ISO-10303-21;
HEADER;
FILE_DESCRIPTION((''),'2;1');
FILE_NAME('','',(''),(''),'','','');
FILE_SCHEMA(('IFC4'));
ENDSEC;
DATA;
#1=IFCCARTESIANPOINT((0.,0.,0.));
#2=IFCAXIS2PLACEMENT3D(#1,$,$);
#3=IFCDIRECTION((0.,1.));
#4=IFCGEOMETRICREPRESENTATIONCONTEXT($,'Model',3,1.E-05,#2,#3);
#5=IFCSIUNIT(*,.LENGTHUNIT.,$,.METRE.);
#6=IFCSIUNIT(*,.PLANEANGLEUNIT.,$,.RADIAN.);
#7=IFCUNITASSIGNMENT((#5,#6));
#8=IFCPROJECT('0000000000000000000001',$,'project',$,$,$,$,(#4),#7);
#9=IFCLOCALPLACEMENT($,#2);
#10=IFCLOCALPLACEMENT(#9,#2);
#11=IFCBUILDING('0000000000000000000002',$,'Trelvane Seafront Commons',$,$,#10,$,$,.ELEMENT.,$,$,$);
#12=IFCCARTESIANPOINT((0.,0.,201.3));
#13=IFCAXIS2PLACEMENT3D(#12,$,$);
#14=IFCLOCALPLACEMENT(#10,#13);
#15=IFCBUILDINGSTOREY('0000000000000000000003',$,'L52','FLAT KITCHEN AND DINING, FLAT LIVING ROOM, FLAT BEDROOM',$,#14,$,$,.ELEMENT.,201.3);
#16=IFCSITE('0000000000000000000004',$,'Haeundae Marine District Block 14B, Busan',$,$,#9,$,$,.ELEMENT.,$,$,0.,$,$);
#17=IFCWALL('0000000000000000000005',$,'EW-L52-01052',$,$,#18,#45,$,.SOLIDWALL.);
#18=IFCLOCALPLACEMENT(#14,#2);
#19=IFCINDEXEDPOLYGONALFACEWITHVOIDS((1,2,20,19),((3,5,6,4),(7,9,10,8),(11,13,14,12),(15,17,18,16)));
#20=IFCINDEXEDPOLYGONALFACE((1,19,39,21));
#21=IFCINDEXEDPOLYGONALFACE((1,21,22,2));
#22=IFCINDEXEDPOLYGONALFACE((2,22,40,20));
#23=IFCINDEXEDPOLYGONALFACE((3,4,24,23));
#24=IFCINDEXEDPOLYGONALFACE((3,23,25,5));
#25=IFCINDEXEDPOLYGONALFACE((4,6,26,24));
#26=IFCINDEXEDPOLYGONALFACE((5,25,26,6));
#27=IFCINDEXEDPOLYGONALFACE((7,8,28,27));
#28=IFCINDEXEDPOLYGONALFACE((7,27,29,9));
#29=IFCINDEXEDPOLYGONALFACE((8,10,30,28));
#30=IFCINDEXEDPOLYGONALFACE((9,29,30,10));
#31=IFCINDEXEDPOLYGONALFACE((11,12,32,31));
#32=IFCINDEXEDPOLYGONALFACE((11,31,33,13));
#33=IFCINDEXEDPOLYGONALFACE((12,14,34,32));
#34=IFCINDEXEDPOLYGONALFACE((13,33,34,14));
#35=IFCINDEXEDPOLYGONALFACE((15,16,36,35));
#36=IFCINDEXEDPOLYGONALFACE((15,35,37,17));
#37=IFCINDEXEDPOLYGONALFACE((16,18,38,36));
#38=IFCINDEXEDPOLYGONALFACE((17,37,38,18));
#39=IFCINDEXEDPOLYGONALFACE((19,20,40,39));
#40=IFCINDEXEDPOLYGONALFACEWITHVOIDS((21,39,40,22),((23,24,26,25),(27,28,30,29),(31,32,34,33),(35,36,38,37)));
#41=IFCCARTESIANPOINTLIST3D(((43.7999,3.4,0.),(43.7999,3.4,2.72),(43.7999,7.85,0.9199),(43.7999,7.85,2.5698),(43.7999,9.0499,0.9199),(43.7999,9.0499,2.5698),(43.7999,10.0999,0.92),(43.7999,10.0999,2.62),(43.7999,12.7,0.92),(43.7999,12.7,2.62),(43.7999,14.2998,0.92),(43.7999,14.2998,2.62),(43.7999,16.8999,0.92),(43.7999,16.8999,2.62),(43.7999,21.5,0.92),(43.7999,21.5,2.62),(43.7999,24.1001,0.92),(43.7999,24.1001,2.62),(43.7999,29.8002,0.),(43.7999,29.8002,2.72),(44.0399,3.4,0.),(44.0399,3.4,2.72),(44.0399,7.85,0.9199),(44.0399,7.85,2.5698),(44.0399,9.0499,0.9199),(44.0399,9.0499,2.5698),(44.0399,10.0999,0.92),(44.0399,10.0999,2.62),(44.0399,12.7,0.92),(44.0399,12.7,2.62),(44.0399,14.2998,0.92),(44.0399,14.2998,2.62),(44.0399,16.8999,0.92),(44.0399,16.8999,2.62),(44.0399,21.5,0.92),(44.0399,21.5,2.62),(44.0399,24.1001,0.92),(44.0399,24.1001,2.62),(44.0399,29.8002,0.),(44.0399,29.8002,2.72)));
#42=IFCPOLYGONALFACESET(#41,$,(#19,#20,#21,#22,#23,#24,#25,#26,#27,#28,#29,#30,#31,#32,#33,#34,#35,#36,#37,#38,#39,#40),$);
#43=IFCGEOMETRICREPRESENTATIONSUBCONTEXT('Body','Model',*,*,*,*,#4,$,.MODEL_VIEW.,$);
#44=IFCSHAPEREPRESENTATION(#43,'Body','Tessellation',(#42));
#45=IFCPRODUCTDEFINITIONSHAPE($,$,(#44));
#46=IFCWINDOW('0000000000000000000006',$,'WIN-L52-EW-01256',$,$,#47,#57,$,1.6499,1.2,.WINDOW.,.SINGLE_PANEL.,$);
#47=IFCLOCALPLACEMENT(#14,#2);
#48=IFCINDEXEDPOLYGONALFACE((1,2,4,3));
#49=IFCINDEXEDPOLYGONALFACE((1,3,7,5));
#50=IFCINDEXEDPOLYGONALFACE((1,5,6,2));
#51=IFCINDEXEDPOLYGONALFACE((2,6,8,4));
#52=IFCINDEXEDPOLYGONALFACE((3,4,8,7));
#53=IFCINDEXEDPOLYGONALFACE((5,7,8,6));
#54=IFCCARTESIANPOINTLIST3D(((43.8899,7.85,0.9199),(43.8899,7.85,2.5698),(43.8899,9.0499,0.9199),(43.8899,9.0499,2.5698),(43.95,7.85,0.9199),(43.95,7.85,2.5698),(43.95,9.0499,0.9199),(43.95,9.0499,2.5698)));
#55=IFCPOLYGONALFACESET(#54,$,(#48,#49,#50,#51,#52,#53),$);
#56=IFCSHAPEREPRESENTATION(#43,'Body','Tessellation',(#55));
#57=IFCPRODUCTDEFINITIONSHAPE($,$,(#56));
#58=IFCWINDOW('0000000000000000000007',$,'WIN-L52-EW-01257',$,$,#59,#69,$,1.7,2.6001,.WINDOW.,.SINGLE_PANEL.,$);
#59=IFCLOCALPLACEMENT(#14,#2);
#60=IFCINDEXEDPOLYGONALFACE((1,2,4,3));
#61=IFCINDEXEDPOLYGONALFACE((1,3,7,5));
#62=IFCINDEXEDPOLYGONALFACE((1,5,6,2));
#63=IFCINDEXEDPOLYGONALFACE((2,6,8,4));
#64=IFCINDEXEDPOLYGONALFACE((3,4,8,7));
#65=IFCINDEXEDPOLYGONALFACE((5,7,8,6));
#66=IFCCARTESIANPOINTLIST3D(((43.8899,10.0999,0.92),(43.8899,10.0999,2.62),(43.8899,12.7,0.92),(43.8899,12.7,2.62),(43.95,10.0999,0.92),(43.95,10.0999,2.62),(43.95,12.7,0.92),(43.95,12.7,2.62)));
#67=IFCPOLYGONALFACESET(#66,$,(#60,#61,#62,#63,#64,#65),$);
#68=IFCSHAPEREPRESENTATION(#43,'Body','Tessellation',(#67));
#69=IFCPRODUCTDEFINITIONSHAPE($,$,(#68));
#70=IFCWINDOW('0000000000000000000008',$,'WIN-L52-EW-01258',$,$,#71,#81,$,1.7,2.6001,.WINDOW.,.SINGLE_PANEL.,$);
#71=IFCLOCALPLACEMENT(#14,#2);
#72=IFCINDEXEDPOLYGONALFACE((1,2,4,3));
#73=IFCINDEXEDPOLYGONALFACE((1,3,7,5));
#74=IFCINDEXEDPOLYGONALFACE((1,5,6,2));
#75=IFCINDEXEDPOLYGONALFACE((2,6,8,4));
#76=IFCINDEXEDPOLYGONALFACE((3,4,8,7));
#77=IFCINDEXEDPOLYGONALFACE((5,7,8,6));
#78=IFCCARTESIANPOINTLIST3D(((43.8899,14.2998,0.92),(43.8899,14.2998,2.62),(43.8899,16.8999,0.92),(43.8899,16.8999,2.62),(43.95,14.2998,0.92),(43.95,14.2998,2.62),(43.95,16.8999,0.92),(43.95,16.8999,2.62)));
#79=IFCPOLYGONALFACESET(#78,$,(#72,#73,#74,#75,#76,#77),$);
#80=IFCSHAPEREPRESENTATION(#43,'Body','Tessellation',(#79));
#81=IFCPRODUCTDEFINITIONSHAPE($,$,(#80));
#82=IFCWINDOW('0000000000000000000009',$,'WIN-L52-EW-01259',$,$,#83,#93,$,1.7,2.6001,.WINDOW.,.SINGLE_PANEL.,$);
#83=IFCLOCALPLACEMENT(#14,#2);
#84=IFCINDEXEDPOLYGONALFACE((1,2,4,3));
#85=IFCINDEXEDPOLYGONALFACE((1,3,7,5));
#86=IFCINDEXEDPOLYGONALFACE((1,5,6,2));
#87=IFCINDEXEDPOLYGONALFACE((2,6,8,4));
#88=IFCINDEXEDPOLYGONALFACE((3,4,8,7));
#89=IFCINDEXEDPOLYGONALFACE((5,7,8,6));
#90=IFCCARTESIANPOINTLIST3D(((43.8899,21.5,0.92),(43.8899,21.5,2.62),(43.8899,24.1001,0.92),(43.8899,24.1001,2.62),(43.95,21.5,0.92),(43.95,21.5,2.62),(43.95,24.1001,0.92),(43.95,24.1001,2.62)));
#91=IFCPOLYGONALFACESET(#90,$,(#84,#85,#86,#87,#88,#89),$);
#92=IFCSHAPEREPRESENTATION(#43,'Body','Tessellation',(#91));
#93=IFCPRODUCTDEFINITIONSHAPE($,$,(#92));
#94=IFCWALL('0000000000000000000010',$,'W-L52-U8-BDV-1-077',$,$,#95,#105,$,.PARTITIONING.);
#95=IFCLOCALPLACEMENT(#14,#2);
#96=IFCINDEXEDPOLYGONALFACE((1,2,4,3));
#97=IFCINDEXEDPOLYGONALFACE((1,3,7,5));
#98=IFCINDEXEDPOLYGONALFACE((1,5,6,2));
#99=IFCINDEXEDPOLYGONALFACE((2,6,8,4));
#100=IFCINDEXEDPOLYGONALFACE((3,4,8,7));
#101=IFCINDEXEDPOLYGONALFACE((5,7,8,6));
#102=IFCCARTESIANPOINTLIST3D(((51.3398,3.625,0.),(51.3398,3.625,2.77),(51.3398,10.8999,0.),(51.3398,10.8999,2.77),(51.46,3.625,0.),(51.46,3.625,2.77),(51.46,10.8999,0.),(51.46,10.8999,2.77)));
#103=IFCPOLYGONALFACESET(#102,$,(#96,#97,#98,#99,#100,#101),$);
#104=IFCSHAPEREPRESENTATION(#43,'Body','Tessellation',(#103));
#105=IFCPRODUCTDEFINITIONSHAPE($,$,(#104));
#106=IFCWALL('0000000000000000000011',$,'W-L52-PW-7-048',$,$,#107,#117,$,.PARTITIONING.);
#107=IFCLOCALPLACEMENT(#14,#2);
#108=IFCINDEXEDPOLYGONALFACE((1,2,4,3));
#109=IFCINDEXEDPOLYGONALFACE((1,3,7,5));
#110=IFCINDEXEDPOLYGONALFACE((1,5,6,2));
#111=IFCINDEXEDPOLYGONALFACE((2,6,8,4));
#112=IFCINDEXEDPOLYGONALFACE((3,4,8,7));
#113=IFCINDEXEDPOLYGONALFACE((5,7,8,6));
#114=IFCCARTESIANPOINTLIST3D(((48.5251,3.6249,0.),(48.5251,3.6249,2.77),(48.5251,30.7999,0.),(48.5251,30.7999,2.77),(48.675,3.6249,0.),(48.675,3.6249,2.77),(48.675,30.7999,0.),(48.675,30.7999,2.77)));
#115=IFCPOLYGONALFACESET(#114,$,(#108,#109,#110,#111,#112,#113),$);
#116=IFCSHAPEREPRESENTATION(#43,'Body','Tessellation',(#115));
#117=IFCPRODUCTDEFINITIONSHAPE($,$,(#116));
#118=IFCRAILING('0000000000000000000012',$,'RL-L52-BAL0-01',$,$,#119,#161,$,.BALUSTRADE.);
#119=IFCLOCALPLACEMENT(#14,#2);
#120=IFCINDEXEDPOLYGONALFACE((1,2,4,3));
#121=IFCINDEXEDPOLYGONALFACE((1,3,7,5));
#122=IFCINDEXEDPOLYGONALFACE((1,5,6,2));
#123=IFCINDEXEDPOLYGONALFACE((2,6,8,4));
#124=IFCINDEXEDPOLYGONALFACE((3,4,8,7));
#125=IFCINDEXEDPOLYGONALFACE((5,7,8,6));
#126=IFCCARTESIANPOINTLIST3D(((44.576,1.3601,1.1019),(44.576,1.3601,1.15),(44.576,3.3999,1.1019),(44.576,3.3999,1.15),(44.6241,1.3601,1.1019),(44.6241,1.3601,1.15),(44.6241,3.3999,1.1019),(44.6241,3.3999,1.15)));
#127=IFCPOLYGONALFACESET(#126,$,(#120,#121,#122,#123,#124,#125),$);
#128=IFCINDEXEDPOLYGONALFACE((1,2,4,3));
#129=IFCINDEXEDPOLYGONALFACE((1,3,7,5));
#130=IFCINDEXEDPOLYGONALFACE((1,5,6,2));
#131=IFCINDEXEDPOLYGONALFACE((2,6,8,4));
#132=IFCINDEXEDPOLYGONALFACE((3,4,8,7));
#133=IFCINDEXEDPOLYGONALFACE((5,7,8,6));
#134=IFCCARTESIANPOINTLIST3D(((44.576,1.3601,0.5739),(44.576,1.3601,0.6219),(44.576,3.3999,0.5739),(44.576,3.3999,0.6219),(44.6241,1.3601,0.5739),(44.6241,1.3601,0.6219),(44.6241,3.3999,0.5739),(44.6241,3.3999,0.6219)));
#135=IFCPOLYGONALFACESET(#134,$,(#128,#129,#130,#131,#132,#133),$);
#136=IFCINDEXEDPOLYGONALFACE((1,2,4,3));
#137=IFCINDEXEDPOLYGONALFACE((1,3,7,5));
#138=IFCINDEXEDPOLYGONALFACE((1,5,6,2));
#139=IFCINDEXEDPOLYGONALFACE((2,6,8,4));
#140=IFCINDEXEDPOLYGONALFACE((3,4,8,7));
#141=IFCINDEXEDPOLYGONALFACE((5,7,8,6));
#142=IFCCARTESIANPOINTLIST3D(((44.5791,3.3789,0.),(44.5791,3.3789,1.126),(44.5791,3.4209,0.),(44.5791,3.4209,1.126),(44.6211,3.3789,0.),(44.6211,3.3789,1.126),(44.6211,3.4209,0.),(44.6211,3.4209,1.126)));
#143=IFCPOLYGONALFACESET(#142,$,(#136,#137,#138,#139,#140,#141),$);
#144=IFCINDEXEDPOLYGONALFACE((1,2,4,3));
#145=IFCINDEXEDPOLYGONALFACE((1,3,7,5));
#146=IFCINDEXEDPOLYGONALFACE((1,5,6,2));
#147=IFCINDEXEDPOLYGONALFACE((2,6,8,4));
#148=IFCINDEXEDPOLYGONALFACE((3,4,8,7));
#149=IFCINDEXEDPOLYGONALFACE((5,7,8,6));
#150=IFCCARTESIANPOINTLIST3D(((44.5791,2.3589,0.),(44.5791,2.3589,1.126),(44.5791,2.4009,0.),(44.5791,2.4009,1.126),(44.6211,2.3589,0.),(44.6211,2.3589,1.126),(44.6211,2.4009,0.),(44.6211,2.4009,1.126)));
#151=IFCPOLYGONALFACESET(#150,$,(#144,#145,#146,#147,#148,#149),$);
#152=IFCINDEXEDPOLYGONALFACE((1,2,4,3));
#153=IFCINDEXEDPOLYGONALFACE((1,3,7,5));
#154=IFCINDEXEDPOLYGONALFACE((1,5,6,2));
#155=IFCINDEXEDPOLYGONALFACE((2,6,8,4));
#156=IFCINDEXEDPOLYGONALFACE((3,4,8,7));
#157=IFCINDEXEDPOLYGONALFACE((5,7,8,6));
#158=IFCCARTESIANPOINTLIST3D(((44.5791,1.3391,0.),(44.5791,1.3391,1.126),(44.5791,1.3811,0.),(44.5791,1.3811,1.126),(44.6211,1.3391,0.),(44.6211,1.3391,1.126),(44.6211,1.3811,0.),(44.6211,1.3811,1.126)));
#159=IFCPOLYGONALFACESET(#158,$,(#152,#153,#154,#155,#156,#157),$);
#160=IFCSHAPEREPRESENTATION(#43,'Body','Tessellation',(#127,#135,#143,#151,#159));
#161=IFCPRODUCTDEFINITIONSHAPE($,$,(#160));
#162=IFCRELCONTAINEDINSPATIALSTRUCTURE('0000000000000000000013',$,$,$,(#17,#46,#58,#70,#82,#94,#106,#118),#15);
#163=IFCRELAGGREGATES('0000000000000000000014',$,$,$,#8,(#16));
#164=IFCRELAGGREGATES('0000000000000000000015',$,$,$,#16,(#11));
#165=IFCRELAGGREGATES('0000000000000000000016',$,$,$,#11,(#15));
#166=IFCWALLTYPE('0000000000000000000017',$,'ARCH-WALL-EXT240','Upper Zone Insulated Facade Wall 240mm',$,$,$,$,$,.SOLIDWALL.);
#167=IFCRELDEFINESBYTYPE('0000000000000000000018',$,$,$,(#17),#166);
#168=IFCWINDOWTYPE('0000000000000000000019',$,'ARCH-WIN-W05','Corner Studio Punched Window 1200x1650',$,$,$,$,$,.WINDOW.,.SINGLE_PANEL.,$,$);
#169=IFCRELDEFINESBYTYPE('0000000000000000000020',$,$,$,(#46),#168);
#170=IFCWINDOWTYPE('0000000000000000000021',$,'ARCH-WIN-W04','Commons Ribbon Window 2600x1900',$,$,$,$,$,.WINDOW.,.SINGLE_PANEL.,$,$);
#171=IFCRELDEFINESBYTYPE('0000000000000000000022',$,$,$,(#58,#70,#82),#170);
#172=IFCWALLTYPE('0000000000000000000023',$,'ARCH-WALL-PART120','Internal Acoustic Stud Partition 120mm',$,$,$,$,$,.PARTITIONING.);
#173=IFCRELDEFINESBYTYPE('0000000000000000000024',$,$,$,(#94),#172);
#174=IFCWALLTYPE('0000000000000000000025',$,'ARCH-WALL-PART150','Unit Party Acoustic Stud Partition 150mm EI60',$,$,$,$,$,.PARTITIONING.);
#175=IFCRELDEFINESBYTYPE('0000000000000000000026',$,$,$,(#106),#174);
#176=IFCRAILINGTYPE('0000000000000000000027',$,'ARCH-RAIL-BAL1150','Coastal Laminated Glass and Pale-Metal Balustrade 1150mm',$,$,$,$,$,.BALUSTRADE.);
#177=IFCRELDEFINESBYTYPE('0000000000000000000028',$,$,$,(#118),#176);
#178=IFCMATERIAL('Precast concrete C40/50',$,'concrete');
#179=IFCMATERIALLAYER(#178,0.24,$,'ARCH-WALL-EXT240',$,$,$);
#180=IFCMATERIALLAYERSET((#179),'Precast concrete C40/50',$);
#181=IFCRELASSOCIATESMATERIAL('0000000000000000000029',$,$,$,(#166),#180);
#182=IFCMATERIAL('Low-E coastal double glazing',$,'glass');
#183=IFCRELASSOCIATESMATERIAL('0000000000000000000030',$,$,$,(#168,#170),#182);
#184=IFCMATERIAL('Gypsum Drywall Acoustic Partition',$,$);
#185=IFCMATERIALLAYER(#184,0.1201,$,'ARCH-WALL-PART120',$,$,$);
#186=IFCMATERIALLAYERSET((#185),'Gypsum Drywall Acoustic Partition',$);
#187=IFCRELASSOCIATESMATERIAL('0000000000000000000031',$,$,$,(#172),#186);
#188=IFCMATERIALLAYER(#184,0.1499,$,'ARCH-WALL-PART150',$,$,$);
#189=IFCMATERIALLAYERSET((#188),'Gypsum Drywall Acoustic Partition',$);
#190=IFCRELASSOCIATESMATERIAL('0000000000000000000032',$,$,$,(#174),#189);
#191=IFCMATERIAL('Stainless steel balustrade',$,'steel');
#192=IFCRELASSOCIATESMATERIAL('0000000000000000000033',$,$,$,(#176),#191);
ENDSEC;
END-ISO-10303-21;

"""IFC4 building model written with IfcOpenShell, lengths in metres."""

from ifc_helpers import new_model, si_unit, direction, frame, frame_2d, origin, origin_2d, place, context, subcontext, project, spatial, rectangle, extrude, source, transform, mapped, material, layer, layer_set, type_object, element, fill, save


model = new_model("IFC4")

# Units and contexts
model_context = context("Model", 3, precision=1e-05, world=origin(), true_north=direction((0.0, 1.0)))
body_context = subcontext(model_context, "Body", "Model", "MODEL_VIEW")
ifc_project = project(units=[si_unit("LENGTHUNIT", "METRE"), si_unit("PLANEANGLEUNIT", "RADIAN")], contexts=[model_context])

# Site, building, storey
site_placement = place(None, origin())
site = spatial("IfcSite", under=ifc_project, at=site_placement, Name="Haeundae Marine District Block 14B, Busan", CompositionType="ELEMENT", RefElevation=0.0)
building_placement = place(site_placement, origin())
building = spatial("IfcBuilding", under=site, at=building_placement, Name="Trelvane Seafront Commons", CompositionType="ELEMENT")
storey_placement = place(building_placement, frame((0.0, 0.0, 201.3)))
storey = spatial("IfcBuildingStorey", under=building, at=storey_placement, Name="L52", Description="FLAT KITCHEN AND DINING, FLAT LIVING ROOM, FLAT BEDROOM", CompositionType="ELEMENT", Elevation=201.3)

# Wall, openings, windows
ifc_material_1 = material(Name="Precast concrete C40/50", Category="concrete")
ifc_layer_1 = layer(ifc_material_1, 0.24, Name="ARCH-WALL-EXT240")
ifc_layer_set_1 = layer_set([ifc_layer_1], Name="Precast concrete C40/50")
wall_type_1 = type_object("IfcWallType", Name="ARCH-WALL-EXT240", Description="Upper Zone Insulated Facade Wall 240mm", PredefinedType="SOLIDWALL", material=ifc_layer_set_1)
wall_1_placement = place(storey_placement, frame((43.9199, 3.3999, 0.0), z_axis=(0.0, 0.0, 1.0), x_axis=(0.0, 1.0, 0.0)))
wall_1 = element("IfcWall", 1, at=wall_1_placement, inside=storey, type_object=wall_type_1, Name="EW-L52-01052", PredefinedType="SOLIDWALL", context=body_context, shape_type="SweptSolid", body=[
    extrude(rectangle(XDim=26.4001, YDim=0.24, at=frame_2d((13.2002, 0.0))), origin(), (0.0, 0.0, 1.0), 2.72),
])
opening_1_placement = place(wall_1_placement, frame((4.45, 0.0, 0.9199)))
opening_1 = element("IfcOpeningElement", 2, at=opening_1_placement, cuts=wall_1, PredefinedType="OPENING", context=body_context, shape_type="SweptSolid", body=[
    extrude(rectangle(XDim=1.2, YDim=1.6499, at=frame_2d((0.6001, 0.825))), frame((0.0, 0.1299, 0.0), z_axis=(0.0, -1.0, 0.0), x_axis=(1.0, 0.0, 0.0)), (0.0, 0.0, 1.0), 0.26),
])
opening_2_placement = place(wall_1_placement, frame((6.7, 0.0, 0.9199)))
opening_2 = element("IfcOpeningElement", 3, at=opening_2_placement, cuts=wall_1, PredefinedType="OPENING", context=body_context, shape_type="SweptSolid", body=[
    extrude(rectangle(XDim=2.6001, YDim=1.7, at=frame_2d((1.3, 0.8501))), frame((0.0, 0.1299, 0.0), z_axis=(0.0, -1.0, 0.0), x_axis=(1.0, 0.0, 0.0)), (0.0, 0.0, 1.0), 0.26),
])
opening_3_placement = place(wall_1_placement, frame((10.8999, 0.0, 0.9199)))
opening_3 = element("IfcOpeningElement", 4, at=opening_3_placement, cuts=wall_1, PredefinedType="OPENING", context=body_context, shape_type="SweptSolid", body=[
    extrude(rectangle(XDim=2.6001, YDim=1.7, at=frame_2d((1.3, 0.8501))), frame((0.0, 0.1299, 0.0), z_axis=(0.0, -1.0, 0.0), x_axis=(1.0, 0.0, 0.0)), (0.0, 0.0, 1.0), 0.26),
])
opening_4_placement = place(wall_1_placement, frame((18.1001, 0.0, 0.9199)))
opening_4 = element("IfcOpeningElement", 5, at=opening_4_placement, cuts=wall_1, PredefinedType="OPENING", context=body_context, shape_type="SweptSolid", body=[
    extrude(rectangle(XDim=2.6001, YDim=1.7, at=frame_2d((1.3, 0.8501))), frame((0.0, 0.1299, 0.0), z_axis=(0.0, -1.0, 0.0), x_axis=(1.0, 0.0, 0.0)), (0.0, 0.0, 1.0), 0.26),
])
ifc_material_2 = material(Name="Low-E coastal double glazing", Category="glass")
window_type_1 = type_object("IfcWindowType", Name="ARCH-WIN-W05", Description="Corner Studio Punched Window 1200x1650", PartitioningType="SINGLE_PANEL", PredefinedType="WINDOW", material=ifc_material_2)
shared_shape_1 = source(origin(), body_context, "Body", "SweptSolid", [
    extrude(rectangle(XDim=1.2, YDim=1.6499, at=frame_2d((0.6001, 0.825))), frame((0.0, 0.03, 0.0), z_axis=(0.0, -1.0, 0.0), x_axis=(1.0, 0.0, 0.0)), (0.0, 0.0, 1.0), 0.0601),
])
window_1_placement = place(opening_1_placement, origin())
window_1 = element("IfcWindow", 6, at=window_1_placement, inside=storey, type_object=window_type_1, Name="WIN-L52-EW-01256", OverallHeight=1.6499, OverallWidth=1.2, PartitioningType="SINGLE_PANEL", PredefinedType="WINDOW", context=body_context, shape_type="MappedRepresentation", body=[
    mapped(shared_shape_1, transform((0.0, 0.0, 0.0), x_axis=(1.0, 0.0, 0.0), y_axis=(0.0, 1.0, 0.0), z_axis=(0.0, 0.0, 1.0), scale=1.0)),
])
fill(opening_1, window_1)
window_type_2 = type_object("IfcWindowType", Name="ARCH-WIN-W04", Description="Commons Ribbon Window 2600x1900", PartitioningType="SINGLE_PANEL", PredefinedType="WINDOW", material=ifc_material_2)
shared_shape_2 = source(origin(), body_context, "Body", "SweptSolid", [
    extrude(rectangle(XDim=2.6001, YDim=1.7, at=frame_2d((1.3, 0.8501))), frame((0.0, 0.03, 0.0), z_axis=(0.0, -1.0, 0.0), x_axis=(1.0, 0.0, 0.0)), (0.0, 0.0, 1.0), 0.0601),
])
window_2_placement = place(opening_2_placement, origin())
window_2 = element("IfcWindow", 7, at=window_2_placement, inside=storey, type_object=window_type_2, Name="WIN-L52-EW-01257", OverallHeight=1.7, OverallWidth=2.6001, PartitioningType="SINGLE_PANEL", PredefinedType="WINDOW", context=body_context, shape_type="MappedRepresentation", body=[
    mapped(shared_shape_2, transform((0.0, 0.0, 0.0), x_axis=(1.0, 0.0, 0.0), y_axis=(0.0, 1.0, 0.0), z_axis=(0.0, 0.0, 1.0), scale=1.0)),
])
fill(opening_2, window_2)
window_3_placement = place(opening_3_placement, origin())
window_3 = element("IfcWindow", 8, at=window_3_placement, inside=storey, type_object=window_type_2, Name="WIN-L52-EW-01258", OverallHeight=1.7, OverallWidth=2.6001, PartitioningType="SINGLE_PANEL", PredefinedType="WINDOW", context=body_context, shape_type="MappedRepresentation", body=[
    mapped(shared_shape_2, transform((0.0, 0.0, 0.0), x_axis=(1.0, 0.0, 0.0), y_axis=(0.0, 1.0, 0.0), z_axis=(0.0, 0.0, 1.0), scale=1.0)),
])
fill(opening_3, window_3)
window_4_placement = place(opening_4_placement, origin())
window_4 = element("IfcWindow", 9, at=window_4_placement, inside=storey, type_object=window_type_2, Name="WIN-L52-EW-01259", OverallHeight=1.7, OverallWidth=2.6001, PartitioningType="SINGLE_PANEL", PredefinedType="WINDOW", context=body_context, shape_type="MappedRepresentation", body=[
    mapped(shared_shape_2, transform((0.0, 0.0, 0.0), x_axis=(1.0, 0.0, 0.0), y_axis=(0.0, 1.0, 0.0), z_axis=(0.0, 0.0, 1.0), scale=1.0)),
])
fill(opening_4, window_4)

# Walls
ifc_material_3 = material(Name="Gypsum Drywall Acoustic Partition")
ifc_layer_2 = layer(ifc_material_3, 0.1201, Name="ARCH-WALL-PART120")
ifc_layer_set_2 = layer_set([ifc_layer_2], Name="Gypsum Drywall Acoustic Partition")
wall_type_2 = type_object("IfcWallType", Name="ARCH-WALL-PART120", Description="Internal Acoustic Stud Partition 120mm", PredefinedType="PARTITIONING", material=ifc_layer_set_2)
wall_2_placement = place(storey_placement, frame((51.3999, 3.625, 0.0), z_axis=(0.0, 0.0, 1.0), x_axis=(0.0, 1.0, 0.0)))
element("IfcWall", 10, at=wall_2_placement, inside=storey, type_object=wall_type_2, Name="W-L52-U8-BDV-1-077", PredefinedType="PARTITIONING", context=body_context, shape_type="SweptSolid", body=[
    extrude(rectangle(XDim=7.2749, YDim=0.1201, at=frame_2d((3.6375, 0.0))), origin(), (0.0, 0.0, 1.0), 2.77),
])
ifc_layer_3 = layer(ifc_material_3, 0.1499, Name="ARCH-WALL-PART150")
ifc_layer_set_3 = layer_set([ifc_layer_3], Name="Gypsum Drywall Acoustic Partition")
wall_type_3 = type_object("IfcWallType", Name="ARCH-WALL-PART150", Description="Unit Party Acoustic Stud Partition 150mm EI60", PredefinedType="PARTITIONING", material=ifc_layer_set_3)
wall_3_placement = place(storey_placement, frame((48.6001, 3.625, 0.0), z_axis=(0.0, 0.0, 1.0), x_axis=(0.0, 1.0, 0.0)))
element("IfcWall", 11, at=wall_3_placement, inside=storey, type_object=wall_type_3, Name="W-L52-PW-7-048", PredefinedType="PARTITIONING", context=body_context, shape_type="SweptSolid", body=[
    extrude(rectangle(XDim=27.175, YDim=0.1499, at=frame_2d((13.5874, 0.0))), origin(), (0.0, 0.0, 1.0), 2.77),
])

# Railing
ifc_material_4 = material(Name="Stainless steel balustrade", Category="steel")
railing_type = type_object("IfcRailingType", Name="ARCH-RAIL-BAL1150", Description="Coastal Laminated Glass and Pale-Metal Balustrade 1150mm", PredefinedType="BALUSTRADE", material=ifc_material_4)
railing_1_placement = place(storey_placement, frame((44.6001, 3.3999, 0.0)))
element("IfcRailing", 12, at=railing_1_placement, inside=storey, type_object=railing_type, Name="RL-L52-BAL0-01", PredefinedType="BALUSTRADE", context=body_context, shape_type="SweptSolid", body=[
    extrude(rectangle(XDim=0.0481, YDim=0.0481, at=origin_2d()), frame((0.0, 0.0, 1.126), z_axis=(0.0, -1.0, 0.0), x_axis=(1.0, 0.0, 0.0)), (0.0, 0.0, 1.0), 2.0398),
    extrude(rectangle(XDim=0.0481, YDim=0.0481, at=origin_2d()), frame((0.0, 0.0, 0.5979), z_axis=(0.0, -1.0, 0.0), x_axis=(1.0, 0.0, 0.0)), (0.0, 0.0, 1.0), 2.0398),
    extrude(rectangle(XDim=0.042, YDim=0.042, at=origin_2d()), origin(), (0.0, 0.0, 1.0), 1.126),
    extrude(rectangle(XDim=0.042, YDim=0.042, at=origin_2d()), frame((0.0, -1.02, 0.0)), (0.0, 0.0, 1.0), 1.126),
    extrude(rectangle(XDim=0.042, YDim=0.042, at=origin_2d()), frame((0.0, -2.0398, 0.0)), (0.0, 0.0, 1.0), 1.126),
])

save(model, "model.ifc")
